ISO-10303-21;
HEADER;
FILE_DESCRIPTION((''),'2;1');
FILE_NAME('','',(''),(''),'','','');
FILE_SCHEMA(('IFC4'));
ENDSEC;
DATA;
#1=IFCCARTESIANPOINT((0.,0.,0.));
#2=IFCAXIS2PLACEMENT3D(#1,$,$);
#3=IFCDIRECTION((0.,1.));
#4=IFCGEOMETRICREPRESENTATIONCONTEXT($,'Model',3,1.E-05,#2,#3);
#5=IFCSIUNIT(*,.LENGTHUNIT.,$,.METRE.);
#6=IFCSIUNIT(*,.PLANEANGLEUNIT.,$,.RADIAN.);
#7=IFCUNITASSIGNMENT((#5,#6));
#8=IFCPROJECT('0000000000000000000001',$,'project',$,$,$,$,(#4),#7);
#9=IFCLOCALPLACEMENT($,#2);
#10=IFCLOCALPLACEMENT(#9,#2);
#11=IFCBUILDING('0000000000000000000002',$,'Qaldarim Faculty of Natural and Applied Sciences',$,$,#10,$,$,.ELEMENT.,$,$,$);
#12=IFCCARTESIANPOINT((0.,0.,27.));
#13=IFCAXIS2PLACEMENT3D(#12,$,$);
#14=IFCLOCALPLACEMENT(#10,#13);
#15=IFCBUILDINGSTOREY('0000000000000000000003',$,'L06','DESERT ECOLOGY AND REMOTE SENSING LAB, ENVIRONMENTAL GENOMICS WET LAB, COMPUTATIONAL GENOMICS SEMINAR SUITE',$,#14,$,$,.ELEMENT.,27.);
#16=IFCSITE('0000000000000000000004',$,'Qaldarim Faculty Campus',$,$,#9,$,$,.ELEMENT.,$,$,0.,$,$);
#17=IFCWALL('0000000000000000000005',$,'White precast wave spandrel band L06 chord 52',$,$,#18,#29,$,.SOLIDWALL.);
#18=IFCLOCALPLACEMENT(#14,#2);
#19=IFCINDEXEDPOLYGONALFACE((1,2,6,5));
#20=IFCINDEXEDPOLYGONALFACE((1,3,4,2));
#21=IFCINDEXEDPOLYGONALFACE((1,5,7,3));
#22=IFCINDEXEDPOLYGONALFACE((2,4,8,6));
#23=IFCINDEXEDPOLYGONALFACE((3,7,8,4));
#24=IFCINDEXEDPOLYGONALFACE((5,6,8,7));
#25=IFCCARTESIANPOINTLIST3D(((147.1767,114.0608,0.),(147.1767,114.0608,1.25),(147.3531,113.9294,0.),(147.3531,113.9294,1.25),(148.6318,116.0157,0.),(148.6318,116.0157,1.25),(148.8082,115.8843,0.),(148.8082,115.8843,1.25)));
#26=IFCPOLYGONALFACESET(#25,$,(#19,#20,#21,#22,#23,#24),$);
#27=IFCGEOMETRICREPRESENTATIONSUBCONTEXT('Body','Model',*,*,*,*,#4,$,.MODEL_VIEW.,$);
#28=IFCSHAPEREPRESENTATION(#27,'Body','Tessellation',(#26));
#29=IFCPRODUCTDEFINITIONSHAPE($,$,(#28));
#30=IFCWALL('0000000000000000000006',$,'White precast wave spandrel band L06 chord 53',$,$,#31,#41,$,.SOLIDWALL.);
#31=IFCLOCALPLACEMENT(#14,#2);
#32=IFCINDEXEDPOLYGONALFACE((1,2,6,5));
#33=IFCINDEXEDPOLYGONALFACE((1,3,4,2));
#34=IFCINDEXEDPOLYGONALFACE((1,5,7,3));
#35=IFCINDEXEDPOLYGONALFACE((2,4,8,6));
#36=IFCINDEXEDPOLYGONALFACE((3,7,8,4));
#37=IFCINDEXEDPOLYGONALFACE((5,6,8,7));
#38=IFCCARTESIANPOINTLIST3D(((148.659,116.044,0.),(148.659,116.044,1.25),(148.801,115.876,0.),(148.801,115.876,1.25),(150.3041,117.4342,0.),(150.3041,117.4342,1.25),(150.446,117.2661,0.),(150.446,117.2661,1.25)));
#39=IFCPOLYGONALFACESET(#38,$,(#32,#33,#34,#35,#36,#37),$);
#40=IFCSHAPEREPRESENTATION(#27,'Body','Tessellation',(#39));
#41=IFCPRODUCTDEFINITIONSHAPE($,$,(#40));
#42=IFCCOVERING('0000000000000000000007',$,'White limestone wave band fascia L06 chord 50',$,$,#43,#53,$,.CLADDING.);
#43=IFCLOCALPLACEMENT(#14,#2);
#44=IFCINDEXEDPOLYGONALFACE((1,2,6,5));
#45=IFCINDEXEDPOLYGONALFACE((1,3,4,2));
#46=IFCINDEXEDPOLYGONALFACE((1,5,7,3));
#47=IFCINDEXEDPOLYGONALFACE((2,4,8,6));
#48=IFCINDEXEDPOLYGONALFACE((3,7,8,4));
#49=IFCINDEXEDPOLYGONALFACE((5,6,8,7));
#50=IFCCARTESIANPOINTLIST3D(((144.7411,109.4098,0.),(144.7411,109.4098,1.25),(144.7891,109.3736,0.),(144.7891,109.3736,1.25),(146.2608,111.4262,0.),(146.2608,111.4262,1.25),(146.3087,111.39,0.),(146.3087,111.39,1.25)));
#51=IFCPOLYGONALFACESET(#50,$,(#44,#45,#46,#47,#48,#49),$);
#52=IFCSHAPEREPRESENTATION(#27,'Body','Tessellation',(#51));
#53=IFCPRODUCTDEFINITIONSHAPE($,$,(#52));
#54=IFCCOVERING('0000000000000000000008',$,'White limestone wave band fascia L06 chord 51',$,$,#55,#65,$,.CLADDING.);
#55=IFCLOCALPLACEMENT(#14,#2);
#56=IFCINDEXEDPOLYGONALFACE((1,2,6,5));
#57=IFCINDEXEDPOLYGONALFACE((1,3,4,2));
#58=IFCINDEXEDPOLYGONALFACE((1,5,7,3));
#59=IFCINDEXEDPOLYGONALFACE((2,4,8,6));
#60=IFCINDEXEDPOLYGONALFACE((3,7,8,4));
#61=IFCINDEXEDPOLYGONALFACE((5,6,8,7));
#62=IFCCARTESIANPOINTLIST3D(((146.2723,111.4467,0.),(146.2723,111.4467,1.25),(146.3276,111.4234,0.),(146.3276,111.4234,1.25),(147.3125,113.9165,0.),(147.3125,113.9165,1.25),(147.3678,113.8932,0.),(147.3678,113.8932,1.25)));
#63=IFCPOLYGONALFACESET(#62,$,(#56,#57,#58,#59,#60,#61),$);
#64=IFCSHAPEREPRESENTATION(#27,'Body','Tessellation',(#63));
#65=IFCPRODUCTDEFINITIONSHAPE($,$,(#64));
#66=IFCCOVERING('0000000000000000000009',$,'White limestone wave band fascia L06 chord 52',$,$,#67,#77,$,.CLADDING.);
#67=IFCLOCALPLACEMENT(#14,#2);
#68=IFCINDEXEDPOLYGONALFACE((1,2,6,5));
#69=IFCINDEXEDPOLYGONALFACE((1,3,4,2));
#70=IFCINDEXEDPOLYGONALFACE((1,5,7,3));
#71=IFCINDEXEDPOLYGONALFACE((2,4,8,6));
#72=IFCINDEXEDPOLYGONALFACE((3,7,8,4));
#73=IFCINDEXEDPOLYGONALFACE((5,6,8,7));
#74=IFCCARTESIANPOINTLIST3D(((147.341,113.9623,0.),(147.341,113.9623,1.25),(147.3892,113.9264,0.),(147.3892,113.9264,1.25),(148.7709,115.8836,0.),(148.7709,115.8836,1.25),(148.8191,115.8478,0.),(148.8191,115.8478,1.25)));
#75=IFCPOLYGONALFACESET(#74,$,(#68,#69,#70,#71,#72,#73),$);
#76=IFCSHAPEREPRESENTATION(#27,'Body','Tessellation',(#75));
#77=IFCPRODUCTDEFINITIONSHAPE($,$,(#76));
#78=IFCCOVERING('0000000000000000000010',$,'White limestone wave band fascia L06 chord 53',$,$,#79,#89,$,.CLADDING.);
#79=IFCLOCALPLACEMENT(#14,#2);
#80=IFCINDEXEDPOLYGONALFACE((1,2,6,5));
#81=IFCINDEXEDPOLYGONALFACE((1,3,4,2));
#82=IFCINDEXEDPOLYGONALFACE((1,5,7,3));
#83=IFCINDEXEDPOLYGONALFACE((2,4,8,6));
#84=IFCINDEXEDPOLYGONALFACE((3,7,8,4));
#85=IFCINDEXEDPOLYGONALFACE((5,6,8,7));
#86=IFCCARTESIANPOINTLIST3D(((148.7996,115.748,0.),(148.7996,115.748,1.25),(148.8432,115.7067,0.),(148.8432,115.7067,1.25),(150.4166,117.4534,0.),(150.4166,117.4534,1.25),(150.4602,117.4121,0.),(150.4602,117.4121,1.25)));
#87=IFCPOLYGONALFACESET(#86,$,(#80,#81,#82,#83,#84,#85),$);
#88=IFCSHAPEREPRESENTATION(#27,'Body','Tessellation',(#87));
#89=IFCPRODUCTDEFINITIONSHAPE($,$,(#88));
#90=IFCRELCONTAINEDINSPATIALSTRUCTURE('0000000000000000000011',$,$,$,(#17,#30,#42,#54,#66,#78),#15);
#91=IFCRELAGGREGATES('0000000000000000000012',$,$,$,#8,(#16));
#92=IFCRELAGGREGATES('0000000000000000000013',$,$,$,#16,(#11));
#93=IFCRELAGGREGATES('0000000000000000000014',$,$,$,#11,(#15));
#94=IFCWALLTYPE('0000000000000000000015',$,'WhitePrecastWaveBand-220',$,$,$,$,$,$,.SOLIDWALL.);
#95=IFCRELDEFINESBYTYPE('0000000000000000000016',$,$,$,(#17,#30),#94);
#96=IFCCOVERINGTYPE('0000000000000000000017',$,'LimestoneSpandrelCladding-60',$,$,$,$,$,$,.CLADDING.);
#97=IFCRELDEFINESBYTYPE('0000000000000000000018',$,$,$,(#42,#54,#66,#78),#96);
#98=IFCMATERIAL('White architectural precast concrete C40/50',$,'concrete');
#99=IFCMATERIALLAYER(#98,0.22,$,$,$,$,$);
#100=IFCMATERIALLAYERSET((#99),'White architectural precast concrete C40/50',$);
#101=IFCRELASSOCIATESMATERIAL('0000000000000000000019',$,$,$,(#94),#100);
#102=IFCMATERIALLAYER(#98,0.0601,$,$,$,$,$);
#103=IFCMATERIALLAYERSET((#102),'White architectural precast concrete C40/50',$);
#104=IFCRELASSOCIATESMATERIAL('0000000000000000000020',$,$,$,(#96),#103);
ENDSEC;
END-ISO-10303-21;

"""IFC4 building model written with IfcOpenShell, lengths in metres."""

from ifc_helpers import new_model, si_unit, direction, frame, frame_2d, origin, origin_2d, place, context, subcontext, project, spatial, rectangle, extrude, material, layer, layer_set, type_object, element, save


model = new_model("IFC4")

# Units and contexts
model_context = context("Model", 3, precision=1e-05, world=origin(), true_north=direction((0.0, 1.0)))
body_context = subcontext(model_context, "Body", "Model", "MODEL_VIEW")
ifc_project = project(units=[si_unit("LENGTHUNIT", "METRE"), si_unit("PLANEANGLEUNIT", "RADIAN")], contexts=[model_context])

# Site, building, storey
site_placement = place(None, origin())
site = spatial("IfcSite", under=ifc_project, at=site_placement, Name="Qaldarim Faculty Campus", CompositionType="ELEMENT", RefElevation=0.0)
building_placement = place(site_placement, origin())
building = spatial("IfcBuilding", under=site, at=building_placement, Name="Qaldarim Faculty of Natural and Applied Sciences", CompositionType="ELEMENT")
storey_placement = place(building_placement, frame((0.0, 0.0, 27.0)))
storey = spatial("IfcBuildingStorey", under=building, at=storey_placement, Name="L06", Description="DESERT ECOLOGY AND REMOTE SENSING LAB, ENVIRONMENTAL GENOMICS WET LAB, COMPUTATIONAL GENOMICS SEMINAR SUITE", CompositionType="ELEMENT", Elevation=27.0)

# Walls
ifc_material_1 = material(Name="White architectural precast concrete C40/50", Category="concrete")
ifc_layer_1 = layer(ifc_material_1, 0.22)
ifc_layer_set_1 = layer_set([ifc_layer_1], Name="White architectural precast concrete C40/50")
wall_type_1 = type_object("IfcWallType", Name="WhitePrecastWaveBand-220", PredefinedType="SOLIDWALL", material=ifc_layer_set_1)
wall_1_placement = place(storey_placement, frame((147.2649, 113.9951, 0.0), z_axis=(0.0, 0.0, 1.0), x_axis=(0.597095, 0.802171, 0.0)))
element("IfcWall", 1, at=wall_1_placement, inside=storey, type_object=wall_type_1, Name="White precast wave spandrel band L06 chord 52", PredefinedType="SOLIDWALL", context=body_context, shape_type="SweptSolid", body=[
    extrude(rectangle(XDim=2.437, YDim=0.22, at=frame_2d((1.2185, 0.0))), origin(), (0.0, 0.0, 1.0), 1.25),
])
wall_2_placement = place(storey_placement, frame((148.73, 115.96, 0.0), z_axis=(0.0, 0.0, 1.0), x_axis=(0.763799, 0.645454, 0.0)))
element("IfcWall", 2, at=wall_2_placement, inside=storey, type_object=wall_type_1, Name="White precast wave spandrel band L06 chord 53", PredefinedType="SOLIDWALL", context=body_context, shape_type="SweptSolid", body=[
    extrude(rectangle(XDim=2.1538, YDim=0.22, at=frame_2d((1.0769, 0.0))), origin(), (0.0, 0.0, 1.0), 1.25),
])

# Coverings
ifc_layer_2 = layer(ifc_material_1, 0.0601)
ifc_layer_set_2 = layer_set([ifc_layer_2], Name="White architectural precast concrete C40/50")
covering_type = type_object("IfcCoveringType", Name="LimestoneSpandrelCladding-60", PredefinedType="CLADDING", material=ifc_layer_set_2)
covering_1_placement = place(storey_placement, frame((145.5249, 110.3999, 0.0), z_axis=(0.0, 0.0, 1.0), x_axis=(0.601871, 0.798593, 0.0)))
element("IfcCovering", 3, at=covering_1_placement, inside=storey, type_object=covering_type, Name="White limestone wave band fascia L06 chord 50", PredefinedType="CLADDING", context=body_context, shape_type="SweptSolid", body=[
    extrude(rectangle(XDim=2.5249, YDim=0.0601, at=origin_2d()), origin(), (0.0, 0.0, 1.0), 1.25),
])
covering_2_placement = place(storey_placement, frame((146.8201, 112.6699, 0.0), z_axis=(0.0, 0.0, 1.0), x_axis=(0.388143, 0.921599, 0.0)))
element("IfcCovering", 4, at=covering_2_placement, inside=storey, type_object=covering_type, Name="White limestone wave band fascia L06 chord 51", PredefinedType="CLADDING", context=body_context, shape_type="SweptSolid", body=[
    extrude(rectangle(XDim=2.6799, YDim=0.0601, at=origin_2d()), origin(), (0.0, 0.0, 1.0), 1.25),
])
covering_3_placement = place(storey_placement, frame((148.0801, 114.905, 0.0), z_axis=(0.0, 0.0, 1.0), x_axis=(0.597037, 0.802214, 0.0)))
element("IfcCovering", 5, at=covering_3_placement, inside=storey, type_object=covering_type, Name="White limestone wave band fascia L06 chord 52", PredefinedType="CLADDING", context=body_context, shape_type="SweptSolid", body=[
    extrude(rectangle(XDim=2.395, YDim=0.0601, at=origin_2d()), origin(), (0.0, 0.0, 1.0), 1.25),
])
covering_4_placement = place(storey_placement, frame((149.6299, 116.5801, 0.0), z_axis=(0.0, 0.0, 1.0), x_axis=(0.688038, 0.725675, 0.0)))
element("IfcCovering", 6, at=covering_4_placement, inside=storey, type_object=covering_type, Name="White limestone wave band fascia L06 chord 53", PredefinedType="CLADDING", context=body_context, shape_type="SweptSolid", body=[
    extrude(rectangle(XDim=2.3501, YDim=0.0601, at=origin_2d()), origin(), (0.0, 0.0, 1.0), 1.25),
])

save(model, "model.ifc")
